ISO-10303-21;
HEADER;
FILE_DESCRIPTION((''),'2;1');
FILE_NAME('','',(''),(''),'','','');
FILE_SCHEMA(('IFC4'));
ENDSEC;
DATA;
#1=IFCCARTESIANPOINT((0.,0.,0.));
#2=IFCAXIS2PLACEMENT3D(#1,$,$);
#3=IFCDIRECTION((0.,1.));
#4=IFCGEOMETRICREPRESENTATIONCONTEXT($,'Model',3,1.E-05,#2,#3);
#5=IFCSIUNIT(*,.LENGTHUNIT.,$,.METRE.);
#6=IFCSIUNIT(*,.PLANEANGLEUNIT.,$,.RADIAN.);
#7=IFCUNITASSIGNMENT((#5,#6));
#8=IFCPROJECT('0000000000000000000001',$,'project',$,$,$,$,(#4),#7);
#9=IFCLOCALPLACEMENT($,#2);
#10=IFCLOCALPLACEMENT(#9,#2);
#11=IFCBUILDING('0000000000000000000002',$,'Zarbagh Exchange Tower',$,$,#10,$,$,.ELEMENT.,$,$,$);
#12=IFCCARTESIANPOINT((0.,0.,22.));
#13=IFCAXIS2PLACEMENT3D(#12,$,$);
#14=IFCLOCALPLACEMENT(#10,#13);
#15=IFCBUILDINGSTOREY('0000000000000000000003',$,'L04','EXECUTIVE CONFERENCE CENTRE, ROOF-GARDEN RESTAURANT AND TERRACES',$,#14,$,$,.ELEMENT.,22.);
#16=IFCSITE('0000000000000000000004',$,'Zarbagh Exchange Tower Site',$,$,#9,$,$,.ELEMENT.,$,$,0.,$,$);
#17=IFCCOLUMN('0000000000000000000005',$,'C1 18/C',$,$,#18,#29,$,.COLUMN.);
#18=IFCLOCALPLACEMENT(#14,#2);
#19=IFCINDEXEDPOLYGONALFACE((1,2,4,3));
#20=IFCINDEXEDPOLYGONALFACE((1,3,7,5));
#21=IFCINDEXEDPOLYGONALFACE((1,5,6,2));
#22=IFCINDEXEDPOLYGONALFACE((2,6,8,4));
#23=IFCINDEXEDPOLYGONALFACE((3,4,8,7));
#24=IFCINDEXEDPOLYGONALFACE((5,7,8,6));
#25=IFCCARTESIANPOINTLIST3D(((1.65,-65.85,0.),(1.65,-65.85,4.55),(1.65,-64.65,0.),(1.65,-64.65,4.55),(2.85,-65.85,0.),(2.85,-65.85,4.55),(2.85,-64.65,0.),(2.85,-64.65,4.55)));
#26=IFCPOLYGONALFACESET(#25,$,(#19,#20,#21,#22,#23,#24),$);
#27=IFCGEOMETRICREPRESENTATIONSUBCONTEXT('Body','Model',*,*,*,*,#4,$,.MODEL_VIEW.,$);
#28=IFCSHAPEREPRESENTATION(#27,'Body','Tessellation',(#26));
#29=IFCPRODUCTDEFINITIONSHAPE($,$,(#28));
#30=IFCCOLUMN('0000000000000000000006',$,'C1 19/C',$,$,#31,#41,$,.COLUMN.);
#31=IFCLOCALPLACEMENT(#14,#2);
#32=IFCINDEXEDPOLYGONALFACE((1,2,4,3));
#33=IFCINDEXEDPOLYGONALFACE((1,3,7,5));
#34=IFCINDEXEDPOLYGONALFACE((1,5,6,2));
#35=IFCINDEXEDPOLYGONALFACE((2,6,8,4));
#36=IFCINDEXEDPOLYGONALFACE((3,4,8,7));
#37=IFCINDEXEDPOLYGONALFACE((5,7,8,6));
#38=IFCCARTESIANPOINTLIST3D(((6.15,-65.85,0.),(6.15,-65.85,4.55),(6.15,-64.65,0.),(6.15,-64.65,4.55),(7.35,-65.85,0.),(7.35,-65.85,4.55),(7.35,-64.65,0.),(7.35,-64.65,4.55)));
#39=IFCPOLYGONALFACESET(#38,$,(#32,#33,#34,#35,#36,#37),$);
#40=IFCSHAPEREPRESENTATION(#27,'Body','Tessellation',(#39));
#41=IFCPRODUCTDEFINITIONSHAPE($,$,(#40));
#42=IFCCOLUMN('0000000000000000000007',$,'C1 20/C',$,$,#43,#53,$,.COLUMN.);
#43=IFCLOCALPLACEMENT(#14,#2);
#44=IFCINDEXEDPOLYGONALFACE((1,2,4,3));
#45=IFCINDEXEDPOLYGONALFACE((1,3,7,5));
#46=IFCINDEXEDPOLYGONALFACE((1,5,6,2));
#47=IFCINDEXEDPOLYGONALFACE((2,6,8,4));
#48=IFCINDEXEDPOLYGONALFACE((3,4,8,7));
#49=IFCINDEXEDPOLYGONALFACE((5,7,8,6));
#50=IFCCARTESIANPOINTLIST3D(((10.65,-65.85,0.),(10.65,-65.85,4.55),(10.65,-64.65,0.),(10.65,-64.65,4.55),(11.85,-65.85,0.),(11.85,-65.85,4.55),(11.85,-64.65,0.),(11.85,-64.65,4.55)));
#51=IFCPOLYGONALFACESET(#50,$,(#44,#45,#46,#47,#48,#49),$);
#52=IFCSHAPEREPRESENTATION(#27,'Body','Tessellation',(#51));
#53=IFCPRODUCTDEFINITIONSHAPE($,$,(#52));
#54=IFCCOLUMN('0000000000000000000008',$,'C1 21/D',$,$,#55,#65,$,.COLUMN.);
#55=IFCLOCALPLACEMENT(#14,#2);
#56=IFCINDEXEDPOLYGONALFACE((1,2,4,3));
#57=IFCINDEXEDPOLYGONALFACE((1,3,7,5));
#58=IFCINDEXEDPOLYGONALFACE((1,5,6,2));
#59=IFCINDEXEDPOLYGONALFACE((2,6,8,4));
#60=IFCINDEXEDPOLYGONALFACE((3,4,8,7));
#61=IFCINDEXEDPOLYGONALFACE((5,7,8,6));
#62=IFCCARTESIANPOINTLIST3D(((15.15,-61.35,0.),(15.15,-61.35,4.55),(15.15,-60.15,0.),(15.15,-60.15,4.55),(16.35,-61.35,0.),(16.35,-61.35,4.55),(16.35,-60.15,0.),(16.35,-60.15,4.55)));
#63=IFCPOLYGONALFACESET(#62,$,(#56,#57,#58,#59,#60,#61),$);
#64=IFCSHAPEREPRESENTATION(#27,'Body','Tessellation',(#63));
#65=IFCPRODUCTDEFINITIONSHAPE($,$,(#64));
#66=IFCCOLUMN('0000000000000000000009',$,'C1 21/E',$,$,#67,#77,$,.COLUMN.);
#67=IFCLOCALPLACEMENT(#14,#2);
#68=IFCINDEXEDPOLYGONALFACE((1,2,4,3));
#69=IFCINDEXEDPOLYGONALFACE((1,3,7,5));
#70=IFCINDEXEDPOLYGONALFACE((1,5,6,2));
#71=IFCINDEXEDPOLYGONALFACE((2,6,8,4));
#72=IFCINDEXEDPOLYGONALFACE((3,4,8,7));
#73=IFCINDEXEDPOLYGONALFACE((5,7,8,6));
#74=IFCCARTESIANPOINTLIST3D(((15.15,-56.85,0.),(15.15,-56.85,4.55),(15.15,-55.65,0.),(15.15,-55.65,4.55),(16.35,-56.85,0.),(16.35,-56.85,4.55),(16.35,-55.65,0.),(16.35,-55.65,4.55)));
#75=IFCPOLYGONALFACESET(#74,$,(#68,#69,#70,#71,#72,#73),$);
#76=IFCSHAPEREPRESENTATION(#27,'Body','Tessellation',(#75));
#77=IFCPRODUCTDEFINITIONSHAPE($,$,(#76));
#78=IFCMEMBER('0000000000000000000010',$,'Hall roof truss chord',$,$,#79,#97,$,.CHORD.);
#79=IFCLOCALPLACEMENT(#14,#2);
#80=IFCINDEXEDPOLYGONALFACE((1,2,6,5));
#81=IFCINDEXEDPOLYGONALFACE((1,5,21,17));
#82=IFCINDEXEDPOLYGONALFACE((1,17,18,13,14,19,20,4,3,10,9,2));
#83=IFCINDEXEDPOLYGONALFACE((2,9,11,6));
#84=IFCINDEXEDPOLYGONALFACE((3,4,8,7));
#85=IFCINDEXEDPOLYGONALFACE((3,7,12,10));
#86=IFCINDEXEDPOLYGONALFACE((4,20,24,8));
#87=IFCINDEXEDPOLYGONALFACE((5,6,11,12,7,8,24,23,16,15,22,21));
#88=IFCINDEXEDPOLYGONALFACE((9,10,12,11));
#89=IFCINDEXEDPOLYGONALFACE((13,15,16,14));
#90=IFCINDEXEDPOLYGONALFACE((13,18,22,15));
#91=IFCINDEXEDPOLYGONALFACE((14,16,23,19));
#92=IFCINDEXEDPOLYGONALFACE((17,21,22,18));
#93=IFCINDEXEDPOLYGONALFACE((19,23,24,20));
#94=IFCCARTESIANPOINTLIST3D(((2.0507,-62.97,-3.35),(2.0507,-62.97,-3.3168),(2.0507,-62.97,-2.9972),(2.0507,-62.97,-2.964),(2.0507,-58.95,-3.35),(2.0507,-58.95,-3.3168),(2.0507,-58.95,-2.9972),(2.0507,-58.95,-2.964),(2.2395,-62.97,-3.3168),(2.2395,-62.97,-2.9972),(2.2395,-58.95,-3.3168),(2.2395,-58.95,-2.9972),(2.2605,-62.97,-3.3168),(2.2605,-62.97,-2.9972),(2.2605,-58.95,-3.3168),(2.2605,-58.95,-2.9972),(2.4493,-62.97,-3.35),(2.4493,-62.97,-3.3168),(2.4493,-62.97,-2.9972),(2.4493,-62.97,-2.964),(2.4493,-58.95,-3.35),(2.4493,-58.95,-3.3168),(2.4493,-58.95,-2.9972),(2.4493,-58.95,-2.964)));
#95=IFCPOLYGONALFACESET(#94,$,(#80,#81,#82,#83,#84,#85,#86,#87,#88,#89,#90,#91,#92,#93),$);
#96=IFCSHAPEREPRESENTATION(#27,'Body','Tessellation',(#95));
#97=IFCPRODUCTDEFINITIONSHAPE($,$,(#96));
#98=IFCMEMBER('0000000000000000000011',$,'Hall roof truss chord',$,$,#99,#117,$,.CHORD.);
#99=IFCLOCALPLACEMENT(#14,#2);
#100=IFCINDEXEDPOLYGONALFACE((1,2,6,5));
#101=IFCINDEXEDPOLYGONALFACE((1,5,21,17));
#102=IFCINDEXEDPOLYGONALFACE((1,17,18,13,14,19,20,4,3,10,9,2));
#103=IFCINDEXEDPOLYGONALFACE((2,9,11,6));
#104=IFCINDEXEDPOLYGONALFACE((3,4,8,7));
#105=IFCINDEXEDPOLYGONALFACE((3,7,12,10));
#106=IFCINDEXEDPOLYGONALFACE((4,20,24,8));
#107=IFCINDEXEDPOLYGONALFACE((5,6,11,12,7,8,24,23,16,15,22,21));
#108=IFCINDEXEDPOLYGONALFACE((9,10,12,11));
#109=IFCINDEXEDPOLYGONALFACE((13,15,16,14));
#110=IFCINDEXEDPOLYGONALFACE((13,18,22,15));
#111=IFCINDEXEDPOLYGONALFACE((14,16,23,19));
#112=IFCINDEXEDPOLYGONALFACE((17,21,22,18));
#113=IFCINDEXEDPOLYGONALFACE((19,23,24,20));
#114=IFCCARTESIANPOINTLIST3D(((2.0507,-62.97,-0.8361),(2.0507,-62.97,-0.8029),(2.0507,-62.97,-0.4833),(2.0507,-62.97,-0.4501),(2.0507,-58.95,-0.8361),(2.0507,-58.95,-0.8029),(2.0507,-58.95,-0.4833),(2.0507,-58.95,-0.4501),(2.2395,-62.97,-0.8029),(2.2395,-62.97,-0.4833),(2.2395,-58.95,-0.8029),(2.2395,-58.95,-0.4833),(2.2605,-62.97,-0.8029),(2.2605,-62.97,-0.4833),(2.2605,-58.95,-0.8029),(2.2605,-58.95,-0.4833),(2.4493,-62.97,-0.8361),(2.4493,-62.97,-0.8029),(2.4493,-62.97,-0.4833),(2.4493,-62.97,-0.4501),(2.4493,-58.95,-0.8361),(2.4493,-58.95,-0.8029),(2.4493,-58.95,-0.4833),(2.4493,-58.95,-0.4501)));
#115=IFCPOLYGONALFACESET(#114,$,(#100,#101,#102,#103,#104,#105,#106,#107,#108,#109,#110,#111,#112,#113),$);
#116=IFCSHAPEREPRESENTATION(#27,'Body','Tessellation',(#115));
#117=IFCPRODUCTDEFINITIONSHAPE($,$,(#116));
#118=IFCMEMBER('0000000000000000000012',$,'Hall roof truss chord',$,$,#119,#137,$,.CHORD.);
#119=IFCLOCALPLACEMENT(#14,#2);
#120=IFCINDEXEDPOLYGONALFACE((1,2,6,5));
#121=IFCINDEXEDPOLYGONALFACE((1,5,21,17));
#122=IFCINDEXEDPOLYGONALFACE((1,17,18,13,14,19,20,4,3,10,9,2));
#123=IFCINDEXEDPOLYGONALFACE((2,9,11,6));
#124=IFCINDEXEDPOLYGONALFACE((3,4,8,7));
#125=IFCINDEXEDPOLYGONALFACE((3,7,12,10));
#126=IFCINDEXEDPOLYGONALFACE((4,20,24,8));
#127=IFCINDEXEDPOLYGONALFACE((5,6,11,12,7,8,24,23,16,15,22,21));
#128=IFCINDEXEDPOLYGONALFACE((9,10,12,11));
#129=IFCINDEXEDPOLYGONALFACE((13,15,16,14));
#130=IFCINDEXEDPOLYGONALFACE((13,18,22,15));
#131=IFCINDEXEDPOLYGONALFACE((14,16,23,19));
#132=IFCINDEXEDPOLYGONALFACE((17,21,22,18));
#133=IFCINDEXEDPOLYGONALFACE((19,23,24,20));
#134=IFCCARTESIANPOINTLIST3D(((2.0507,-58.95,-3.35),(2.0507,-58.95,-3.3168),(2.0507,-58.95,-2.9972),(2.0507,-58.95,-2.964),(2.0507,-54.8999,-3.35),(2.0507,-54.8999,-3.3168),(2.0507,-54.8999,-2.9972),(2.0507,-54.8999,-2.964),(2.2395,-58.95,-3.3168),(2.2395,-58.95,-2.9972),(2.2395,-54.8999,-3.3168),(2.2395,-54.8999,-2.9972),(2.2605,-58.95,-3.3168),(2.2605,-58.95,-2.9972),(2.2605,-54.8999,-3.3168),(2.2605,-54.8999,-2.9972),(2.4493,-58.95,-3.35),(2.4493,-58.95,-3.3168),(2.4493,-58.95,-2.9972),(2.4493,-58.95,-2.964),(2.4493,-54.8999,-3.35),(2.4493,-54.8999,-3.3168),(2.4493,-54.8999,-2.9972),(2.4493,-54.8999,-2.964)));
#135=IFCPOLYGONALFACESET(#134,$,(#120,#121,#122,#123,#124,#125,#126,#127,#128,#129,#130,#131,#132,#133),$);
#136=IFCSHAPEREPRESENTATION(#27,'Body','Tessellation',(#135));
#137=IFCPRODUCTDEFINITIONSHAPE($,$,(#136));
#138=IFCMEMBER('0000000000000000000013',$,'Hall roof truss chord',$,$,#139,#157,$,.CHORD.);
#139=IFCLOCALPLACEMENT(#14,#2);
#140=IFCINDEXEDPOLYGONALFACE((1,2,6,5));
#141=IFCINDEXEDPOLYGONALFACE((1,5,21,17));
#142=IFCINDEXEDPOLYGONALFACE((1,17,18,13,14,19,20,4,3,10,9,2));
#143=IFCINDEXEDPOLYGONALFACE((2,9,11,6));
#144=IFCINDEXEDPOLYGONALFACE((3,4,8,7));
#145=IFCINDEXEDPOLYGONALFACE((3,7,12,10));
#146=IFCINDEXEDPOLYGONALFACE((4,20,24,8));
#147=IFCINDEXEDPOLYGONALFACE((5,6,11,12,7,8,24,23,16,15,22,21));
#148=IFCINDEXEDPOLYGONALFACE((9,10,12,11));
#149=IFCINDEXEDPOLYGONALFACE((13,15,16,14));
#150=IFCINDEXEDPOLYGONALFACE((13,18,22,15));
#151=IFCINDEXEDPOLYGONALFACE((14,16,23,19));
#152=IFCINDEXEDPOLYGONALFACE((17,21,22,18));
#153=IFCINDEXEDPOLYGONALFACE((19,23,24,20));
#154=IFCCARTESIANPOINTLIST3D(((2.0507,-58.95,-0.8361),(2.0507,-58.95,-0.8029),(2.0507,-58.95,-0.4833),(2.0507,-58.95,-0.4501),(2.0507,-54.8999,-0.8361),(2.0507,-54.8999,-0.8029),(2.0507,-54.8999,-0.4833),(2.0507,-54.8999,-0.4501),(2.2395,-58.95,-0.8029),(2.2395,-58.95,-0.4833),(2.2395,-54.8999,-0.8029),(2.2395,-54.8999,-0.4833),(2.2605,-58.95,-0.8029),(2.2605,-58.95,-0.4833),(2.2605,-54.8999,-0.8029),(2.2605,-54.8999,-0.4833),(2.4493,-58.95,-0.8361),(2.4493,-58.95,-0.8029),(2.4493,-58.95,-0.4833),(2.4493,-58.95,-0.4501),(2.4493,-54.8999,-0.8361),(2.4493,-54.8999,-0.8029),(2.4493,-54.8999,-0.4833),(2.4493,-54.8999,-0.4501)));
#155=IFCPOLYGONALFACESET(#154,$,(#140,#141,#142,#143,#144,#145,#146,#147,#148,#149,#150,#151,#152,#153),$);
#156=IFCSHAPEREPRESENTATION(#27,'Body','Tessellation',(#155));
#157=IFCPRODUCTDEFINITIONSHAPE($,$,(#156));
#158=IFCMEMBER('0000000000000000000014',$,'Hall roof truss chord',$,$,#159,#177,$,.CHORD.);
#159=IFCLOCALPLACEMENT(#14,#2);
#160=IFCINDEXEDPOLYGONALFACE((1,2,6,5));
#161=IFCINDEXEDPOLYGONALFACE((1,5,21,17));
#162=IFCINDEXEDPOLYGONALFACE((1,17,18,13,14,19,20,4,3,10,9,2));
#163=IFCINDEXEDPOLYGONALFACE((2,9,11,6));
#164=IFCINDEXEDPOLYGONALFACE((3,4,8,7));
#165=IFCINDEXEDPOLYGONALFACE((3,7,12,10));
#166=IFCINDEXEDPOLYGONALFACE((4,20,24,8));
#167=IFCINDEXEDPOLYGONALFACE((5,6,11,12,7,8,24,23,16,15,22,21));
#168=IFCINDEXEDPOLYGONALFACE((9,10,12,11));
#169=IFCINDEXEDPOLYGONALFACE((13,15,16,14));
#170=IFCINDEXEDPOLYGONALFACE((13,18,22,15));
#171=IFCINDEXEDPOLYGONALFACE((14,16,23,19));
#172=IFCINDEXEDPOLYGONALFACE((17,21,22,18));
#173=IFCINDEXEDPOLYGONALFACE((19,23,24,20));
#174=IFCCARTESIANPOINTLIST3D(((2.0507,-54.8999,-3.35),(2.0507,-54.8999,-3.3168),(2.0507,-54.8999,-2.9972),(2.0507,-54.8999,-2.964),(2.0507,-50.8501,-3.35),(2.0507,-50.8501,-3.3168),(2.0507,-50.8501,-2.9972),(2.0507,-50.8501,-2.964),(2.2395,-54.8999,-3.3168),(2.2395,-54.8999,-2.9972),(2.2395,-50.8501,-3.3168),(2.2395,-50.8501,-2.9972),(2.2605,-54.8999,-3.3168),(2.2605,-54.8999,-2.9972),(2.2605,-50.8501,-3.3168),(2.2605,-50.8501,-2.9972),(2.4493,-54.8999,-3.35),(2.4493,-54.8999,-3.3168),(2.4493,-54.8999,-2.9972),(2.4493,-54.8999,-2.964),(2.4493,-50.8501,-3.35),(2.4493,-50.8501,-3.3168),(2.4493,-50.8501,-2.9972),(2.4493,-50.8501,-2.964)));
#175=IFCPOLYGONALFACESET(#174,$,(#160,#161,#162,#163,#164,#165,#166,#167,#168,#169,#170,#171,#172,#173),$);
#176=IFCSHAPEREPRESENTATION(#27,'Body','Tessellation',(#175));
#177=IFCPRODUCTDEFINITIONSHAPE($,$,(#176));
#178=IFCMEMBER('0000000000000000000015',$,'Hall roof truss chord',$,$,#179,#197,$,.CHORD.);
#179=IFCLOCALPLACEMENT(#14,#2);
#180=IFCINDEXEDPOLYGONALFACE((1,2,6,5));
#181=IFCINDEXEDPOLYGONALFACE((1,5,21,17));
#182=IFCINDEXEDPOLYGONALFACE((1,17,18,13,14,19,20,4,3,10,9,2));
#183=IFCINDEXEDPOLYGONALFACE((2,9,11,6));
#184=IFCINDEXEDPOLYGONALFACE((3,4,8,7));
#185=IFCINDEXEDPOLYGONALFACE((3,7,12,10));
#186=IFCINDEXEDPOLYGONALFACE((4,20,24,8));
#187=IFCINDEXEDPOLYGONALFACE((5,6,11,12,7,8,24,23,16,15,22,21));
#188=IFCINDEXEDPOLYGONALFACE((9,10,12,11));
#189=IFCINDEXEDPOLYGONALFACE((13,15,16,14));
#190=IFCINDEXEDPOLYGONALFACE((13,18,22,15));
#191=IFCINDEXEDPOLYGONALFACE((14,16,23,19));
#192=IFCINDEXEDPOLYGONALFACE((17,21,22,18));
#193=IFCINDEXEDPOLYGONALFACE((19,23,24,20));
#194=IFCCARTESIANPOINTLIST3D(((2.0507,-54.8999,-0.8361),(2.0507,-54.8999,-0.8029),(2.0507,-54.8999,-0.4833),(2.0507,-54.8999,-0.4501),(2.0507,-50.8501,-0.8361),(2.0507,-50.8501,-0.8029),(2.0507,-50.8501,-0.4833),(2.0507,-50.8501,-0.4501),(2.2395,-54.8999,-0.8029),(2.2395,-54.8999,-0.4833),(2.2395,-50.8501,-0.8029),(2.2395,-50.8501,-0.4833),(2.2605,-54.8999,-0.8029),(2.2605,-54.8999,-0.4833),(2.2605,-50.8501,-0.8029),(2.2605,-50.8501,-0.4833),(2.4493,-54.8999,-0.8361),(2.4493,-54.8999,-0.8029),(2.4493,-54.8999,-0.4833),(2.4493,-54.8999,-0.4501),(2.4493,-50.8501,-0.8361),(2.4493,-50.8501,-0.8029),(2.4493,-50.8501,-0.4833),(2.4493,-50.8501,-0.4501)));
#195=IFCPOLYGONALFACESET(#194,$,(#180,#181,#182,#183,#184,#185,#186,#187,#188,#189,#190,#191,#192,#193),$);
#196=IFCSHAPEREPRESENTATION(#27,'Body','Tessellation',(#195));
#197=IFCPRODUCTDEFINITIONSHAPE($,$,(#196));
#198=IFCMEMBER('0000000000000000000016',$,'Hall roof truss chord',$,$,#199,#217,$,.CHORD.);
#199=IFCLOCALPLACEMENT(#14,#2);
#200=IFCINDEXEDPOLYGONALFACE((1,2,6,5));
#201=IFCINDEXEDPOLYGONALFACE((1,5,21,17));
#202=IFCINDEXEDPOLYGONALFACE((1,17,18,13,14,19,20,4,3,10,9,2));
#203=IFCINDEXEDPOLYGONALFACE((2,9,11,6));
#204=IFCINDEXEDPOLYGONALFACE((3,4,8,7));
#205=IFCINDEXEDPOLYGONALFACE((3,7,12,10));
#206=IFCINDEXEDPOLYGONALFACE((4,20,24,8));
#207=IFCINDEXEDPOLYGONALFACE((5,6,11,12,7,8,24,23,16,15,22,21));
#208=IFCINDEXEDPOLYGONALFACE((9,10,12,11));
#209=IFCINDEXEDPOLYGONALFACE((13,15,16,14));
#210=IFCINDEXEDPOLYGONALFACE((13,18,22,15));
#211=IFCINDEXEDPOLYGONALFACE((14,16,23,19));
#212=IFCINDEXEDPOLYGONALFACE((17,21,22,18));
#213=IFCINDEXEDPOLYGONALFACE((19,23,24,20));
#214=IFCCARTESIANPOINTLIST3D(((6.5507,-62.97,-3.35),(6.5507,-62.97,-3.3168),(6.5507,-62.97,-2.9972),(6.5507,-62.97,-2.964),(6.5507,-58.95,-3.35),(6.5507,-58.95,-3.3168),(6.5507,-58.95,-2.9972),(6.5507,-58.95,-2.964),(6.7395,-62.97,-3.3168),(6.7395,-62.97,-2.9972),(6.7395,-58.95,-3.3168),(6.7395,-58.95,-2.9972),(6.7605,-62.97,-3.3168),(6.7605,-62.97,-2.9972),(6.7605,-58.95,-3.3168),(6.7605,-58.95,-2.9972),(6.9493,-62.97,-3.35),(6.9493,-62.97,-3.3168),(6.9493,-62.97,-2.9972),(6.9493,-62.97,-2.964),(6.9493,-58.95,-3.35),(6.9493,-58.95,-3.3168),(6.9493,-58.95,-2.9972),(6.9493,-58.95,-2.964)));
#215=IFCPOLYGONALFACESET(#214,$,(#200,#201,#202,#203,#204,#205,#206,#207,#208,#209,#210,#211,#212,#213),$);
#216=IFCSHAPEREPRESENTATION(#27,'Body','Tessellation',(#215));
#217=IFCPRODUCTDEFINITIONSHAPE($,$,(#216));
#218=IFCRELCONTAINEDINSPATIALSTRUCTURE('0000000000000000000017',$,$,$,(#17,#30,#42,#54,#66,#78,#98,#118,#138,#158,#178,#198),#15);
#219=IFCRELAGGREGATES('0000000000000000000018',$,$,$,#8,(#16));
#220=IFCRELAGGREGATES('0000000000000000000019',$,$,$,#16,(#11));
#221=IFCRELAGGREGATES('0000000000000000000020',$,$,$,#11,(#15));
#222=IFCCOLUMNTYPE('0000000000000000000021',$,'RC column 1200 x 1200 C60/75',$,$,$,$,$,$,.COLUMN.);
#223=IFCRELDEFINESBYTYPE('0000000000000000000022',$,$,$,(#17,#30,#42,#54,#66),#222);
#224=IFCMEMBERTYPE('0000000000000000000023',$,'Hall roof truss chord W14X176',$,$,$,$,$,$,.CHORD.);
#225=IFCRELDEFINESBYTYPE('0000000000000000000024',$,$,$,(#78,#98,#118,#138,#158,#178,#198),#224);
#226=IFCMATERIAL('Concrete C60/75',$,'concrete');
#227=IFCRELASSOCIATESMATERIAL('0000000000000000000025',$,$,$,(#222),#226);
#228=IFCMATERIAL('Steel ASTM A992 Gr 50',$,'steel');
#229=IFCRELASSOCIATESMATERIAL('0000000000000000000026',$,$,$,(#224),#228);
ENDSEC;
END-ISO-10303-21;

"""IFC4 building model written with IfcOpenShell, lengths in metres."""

from ifc_helpers import new_model, si_unit, direction, frame, origin, origin_2d, place, context, subcontext, project, spatial, rectangle, i_section, extrude, material, material_profile, profile_set, type_object, element, save


model = new_model("IFC4")

# Units and contexts
model_context = context("Model", 3, precision=1e-05, world=origin(), true_north=direction((0.0, 1.0)))
body_context = subcontext(model_context, "Body", "Model", "MODEL_VIEW")
ifc_project = project(units=[si_unit("LENGTHUNIT", "METRE"), si_unit("PLANEANGLEUNIT", "RADIAN")], contexts=[model_context])

# Site, building, storey
site_placement = place(None, origin())
site = spatial("IfcSite", under=ifc_project, at=site_placement, Name="Zarbagh Exchange Tower Site", CompositionType="ELEMENT", RefElevation=0.0)
building_placement = place(site_placement, origin())
building = spatial("IfcBuilding", under=site, at=building_placement, Name="Zarbagh Exchange Tower", CompositionType="ELEMENT")
storey_placement = place(building_placement, frame((0.0, 0.0, 22.0)))
storey = spatial("IfcBuildingStorey", under=building, at=storey_placement, Name="L04", Description="EXECUTIVE CONFERENCE CENTRE, ROOF-GARDEN RESTAURANT AND TERRACES", CompositionType="ELEMENT", Elevation=22.0)

# Columns
ifc_material_1 = material(Name="Concrete C60/75", Category="concrete")
ifc_material_profile_1 = material_profile(ifc_material_1, rectangle(XDim=1.2, YDim=1.2, at=origin_2d()), Name="RC column 1200 x 1200 C60/75")
ifc_profile_set_1 = profile_set([ifc_material_profile_1], Name="Concrete C60/75")
column_type = type_object("IfcColumnType", Name="RC column 1200 x 1200 C60/75", PredefinedType="COLUMN", material=ifc_profile_set_1)
for number, where, z_axis, x_axis, name in (
    (1, (2.25, -65.25, 0.0), (0.0, 0.0, 1.0), (1.0, 0.0, 0.0), "C1 18/C"),
    (2, (6.75, -65.25, 0.0), (0.0, 0.0, 1.0), (1.0, 0.0, 0.0), "C1 19/C"),
    (3, (11.25, -65.25, 0.0), (0.0, 0.0, 1.0), (1.0, 0.0, 0.0), "C1 20/C"),
    (4, (15.75, -60.75, 0.0), (0.0, 0.0, 1.0), (1.0, 0.0, 0.0), "C1 21/D"),
    (5, (15.75, -56.25, 0.0), (0.0, 0.0, 1.0), (1.0, 0.0, 0.0), "C1 21/E"),
):
    element("IfcColumn", number, at=place(storey_placement, frame(where, z_axis=z_axis, x_axis=x_axis)), inside=storey, type_object=column_type, Name=name, PredefinedType="COLUMN", context=body_context, shape_type="SweptSolid", body=[
        extrude(rectangle(XDim=1.2, YDim=1.2, at=origin_2d()), origin(), (0.0, 0.0, 1.0), 4.55),
    ])

# Members
ifc_material_2 = material(Name="Steel ASTM A992 Gr 50", Category="steel")
ifc_material_profile_2 = material_profile(ifc_material_2, i_section(OverallWidth=0.3987, OverallDepth=0.386, WebThickness=0.021, FlangeThickness=0.0332, at=origin_2d()), Name="W14X176")
ifc_profile_set_2 = profile_set([ifc_material_profile_2], Name="Steel ASTM A992 Gr 50")
member_type_1 = type_object("IfcMemberType", Name="Hall roof truss chord W14X176", PredefinedType="CHORD", material=ifc_profile_set_2)
for number, where, z_axis, x_axis, name in (
    (6, (2.25, -62.97, -3.157), (0.0, 1.0, 0.0), (-1.0, 0.0, 0.0), "Hall roof truss chord"),
    (7, (2.25, -62.97, -0.6431), (0.0, 1.0, 0.0), (-1.0, 0.0, 0.0), "Hall roof truss chord"),
):
    element("IfcMember", number, at=place(storey_placement, frame(where, z_axis=z_axis, x_axis=x_axis)), inside=storey, type_object=member_type_1, Name=name, PredefinedType="CHORD", context=body_context, shape_type="SweptSolid", body=[
        extrude(i_section(OverallWidth=0.3987, OverallDepth=0.386, WebThickness=0.021, FlangeThickness=0.0332, at=origin_2d()), origin(), (0.0, 0.0, 1.0), 4.02),
    ])
for number, where, z_axis, x_axis, name in (
    (8, (2.25, -58.95, -3.157), (0.0, 1.0, 0.0), (-1.0, 0.0, 0.0), "Hall roof truss chord"),
    (9, (2.25, -58.95, -0.6431), (0.0, 1.0, 0.0), (-1.0, 0.0, 0.0), "Hall roof truss chord"),
):
    element("IfcMember", number, at=place(storey_placement, frame(where, z_axis=z_axis, x_axis=x_axis)), inside=storey, type_object=member_type_1, Name=name, PredefinedType="CHORD", context=body_context, shape_type="SweptSolid", body=[
        extrude(i_section(OverallWidth=0.3987, OverallDepth=0.386, WebThickness=0.021, FlangeThickness=0.0332, at=origin_2d()), origin(), (0.0, 0.0, 1.0), 4.05),
    ])
for number, where, z_axis, x_axis, name in (
    (10, (2.25, -54.8999, -3.157), (0.0, 1.0, 0.0), (-1.0, 0.0, 0.0), "Hall roof truss chord"),
    (11, (2.25, -54.8999, -0.6431), (0.0, 1.0, 0.0), (-1.0, 0.0, 0.0), "Hall roof truss chord"),
):
    element("IfcMember", number, at=place(storey_placement, frame(where, z_axis=z_axis, x_axis=x_axis)), inside=storey, type_object=member_type_1, Name=name, PredefinedType="CHORD", context=body_context, shape_type="SweptSolid", body=[
        extrude(i_section(OverallWidth=0.3987, OverallDepth=0.386, WebThickness=0.021, FlangeThickness=0.0332, at=origin_2d()), origin(), (0.0, 0.0, 1.0), 4.0498),
    ])
for number, where, z_axis, x_axis, name in (
    (12, (6.75, -62.97, -3.157), (0.0, 1.0, 0.0), (-1.0, 0.0, 0.0), "Hall roof truss chord"),
):
    element("IfcMember", number, at=place(storey_placement, frame(where, z_axis=z_axis, x_axis=x_axis)), inside=storey, type_object=member_type_1, Name=name, PredefinedType="CHORD", context=body_context, shape_type="SweptSolid", body=[
        extrude(i_section(OverallWidth=0.3987, OverallDepth=0.386, WebThickness=0.021, FlangeThickness=0.0332, at=origin_2d()), origin(), (0.0, 0.0, 1.0), 4.02),
    ])

save(model, "model.ifc")
